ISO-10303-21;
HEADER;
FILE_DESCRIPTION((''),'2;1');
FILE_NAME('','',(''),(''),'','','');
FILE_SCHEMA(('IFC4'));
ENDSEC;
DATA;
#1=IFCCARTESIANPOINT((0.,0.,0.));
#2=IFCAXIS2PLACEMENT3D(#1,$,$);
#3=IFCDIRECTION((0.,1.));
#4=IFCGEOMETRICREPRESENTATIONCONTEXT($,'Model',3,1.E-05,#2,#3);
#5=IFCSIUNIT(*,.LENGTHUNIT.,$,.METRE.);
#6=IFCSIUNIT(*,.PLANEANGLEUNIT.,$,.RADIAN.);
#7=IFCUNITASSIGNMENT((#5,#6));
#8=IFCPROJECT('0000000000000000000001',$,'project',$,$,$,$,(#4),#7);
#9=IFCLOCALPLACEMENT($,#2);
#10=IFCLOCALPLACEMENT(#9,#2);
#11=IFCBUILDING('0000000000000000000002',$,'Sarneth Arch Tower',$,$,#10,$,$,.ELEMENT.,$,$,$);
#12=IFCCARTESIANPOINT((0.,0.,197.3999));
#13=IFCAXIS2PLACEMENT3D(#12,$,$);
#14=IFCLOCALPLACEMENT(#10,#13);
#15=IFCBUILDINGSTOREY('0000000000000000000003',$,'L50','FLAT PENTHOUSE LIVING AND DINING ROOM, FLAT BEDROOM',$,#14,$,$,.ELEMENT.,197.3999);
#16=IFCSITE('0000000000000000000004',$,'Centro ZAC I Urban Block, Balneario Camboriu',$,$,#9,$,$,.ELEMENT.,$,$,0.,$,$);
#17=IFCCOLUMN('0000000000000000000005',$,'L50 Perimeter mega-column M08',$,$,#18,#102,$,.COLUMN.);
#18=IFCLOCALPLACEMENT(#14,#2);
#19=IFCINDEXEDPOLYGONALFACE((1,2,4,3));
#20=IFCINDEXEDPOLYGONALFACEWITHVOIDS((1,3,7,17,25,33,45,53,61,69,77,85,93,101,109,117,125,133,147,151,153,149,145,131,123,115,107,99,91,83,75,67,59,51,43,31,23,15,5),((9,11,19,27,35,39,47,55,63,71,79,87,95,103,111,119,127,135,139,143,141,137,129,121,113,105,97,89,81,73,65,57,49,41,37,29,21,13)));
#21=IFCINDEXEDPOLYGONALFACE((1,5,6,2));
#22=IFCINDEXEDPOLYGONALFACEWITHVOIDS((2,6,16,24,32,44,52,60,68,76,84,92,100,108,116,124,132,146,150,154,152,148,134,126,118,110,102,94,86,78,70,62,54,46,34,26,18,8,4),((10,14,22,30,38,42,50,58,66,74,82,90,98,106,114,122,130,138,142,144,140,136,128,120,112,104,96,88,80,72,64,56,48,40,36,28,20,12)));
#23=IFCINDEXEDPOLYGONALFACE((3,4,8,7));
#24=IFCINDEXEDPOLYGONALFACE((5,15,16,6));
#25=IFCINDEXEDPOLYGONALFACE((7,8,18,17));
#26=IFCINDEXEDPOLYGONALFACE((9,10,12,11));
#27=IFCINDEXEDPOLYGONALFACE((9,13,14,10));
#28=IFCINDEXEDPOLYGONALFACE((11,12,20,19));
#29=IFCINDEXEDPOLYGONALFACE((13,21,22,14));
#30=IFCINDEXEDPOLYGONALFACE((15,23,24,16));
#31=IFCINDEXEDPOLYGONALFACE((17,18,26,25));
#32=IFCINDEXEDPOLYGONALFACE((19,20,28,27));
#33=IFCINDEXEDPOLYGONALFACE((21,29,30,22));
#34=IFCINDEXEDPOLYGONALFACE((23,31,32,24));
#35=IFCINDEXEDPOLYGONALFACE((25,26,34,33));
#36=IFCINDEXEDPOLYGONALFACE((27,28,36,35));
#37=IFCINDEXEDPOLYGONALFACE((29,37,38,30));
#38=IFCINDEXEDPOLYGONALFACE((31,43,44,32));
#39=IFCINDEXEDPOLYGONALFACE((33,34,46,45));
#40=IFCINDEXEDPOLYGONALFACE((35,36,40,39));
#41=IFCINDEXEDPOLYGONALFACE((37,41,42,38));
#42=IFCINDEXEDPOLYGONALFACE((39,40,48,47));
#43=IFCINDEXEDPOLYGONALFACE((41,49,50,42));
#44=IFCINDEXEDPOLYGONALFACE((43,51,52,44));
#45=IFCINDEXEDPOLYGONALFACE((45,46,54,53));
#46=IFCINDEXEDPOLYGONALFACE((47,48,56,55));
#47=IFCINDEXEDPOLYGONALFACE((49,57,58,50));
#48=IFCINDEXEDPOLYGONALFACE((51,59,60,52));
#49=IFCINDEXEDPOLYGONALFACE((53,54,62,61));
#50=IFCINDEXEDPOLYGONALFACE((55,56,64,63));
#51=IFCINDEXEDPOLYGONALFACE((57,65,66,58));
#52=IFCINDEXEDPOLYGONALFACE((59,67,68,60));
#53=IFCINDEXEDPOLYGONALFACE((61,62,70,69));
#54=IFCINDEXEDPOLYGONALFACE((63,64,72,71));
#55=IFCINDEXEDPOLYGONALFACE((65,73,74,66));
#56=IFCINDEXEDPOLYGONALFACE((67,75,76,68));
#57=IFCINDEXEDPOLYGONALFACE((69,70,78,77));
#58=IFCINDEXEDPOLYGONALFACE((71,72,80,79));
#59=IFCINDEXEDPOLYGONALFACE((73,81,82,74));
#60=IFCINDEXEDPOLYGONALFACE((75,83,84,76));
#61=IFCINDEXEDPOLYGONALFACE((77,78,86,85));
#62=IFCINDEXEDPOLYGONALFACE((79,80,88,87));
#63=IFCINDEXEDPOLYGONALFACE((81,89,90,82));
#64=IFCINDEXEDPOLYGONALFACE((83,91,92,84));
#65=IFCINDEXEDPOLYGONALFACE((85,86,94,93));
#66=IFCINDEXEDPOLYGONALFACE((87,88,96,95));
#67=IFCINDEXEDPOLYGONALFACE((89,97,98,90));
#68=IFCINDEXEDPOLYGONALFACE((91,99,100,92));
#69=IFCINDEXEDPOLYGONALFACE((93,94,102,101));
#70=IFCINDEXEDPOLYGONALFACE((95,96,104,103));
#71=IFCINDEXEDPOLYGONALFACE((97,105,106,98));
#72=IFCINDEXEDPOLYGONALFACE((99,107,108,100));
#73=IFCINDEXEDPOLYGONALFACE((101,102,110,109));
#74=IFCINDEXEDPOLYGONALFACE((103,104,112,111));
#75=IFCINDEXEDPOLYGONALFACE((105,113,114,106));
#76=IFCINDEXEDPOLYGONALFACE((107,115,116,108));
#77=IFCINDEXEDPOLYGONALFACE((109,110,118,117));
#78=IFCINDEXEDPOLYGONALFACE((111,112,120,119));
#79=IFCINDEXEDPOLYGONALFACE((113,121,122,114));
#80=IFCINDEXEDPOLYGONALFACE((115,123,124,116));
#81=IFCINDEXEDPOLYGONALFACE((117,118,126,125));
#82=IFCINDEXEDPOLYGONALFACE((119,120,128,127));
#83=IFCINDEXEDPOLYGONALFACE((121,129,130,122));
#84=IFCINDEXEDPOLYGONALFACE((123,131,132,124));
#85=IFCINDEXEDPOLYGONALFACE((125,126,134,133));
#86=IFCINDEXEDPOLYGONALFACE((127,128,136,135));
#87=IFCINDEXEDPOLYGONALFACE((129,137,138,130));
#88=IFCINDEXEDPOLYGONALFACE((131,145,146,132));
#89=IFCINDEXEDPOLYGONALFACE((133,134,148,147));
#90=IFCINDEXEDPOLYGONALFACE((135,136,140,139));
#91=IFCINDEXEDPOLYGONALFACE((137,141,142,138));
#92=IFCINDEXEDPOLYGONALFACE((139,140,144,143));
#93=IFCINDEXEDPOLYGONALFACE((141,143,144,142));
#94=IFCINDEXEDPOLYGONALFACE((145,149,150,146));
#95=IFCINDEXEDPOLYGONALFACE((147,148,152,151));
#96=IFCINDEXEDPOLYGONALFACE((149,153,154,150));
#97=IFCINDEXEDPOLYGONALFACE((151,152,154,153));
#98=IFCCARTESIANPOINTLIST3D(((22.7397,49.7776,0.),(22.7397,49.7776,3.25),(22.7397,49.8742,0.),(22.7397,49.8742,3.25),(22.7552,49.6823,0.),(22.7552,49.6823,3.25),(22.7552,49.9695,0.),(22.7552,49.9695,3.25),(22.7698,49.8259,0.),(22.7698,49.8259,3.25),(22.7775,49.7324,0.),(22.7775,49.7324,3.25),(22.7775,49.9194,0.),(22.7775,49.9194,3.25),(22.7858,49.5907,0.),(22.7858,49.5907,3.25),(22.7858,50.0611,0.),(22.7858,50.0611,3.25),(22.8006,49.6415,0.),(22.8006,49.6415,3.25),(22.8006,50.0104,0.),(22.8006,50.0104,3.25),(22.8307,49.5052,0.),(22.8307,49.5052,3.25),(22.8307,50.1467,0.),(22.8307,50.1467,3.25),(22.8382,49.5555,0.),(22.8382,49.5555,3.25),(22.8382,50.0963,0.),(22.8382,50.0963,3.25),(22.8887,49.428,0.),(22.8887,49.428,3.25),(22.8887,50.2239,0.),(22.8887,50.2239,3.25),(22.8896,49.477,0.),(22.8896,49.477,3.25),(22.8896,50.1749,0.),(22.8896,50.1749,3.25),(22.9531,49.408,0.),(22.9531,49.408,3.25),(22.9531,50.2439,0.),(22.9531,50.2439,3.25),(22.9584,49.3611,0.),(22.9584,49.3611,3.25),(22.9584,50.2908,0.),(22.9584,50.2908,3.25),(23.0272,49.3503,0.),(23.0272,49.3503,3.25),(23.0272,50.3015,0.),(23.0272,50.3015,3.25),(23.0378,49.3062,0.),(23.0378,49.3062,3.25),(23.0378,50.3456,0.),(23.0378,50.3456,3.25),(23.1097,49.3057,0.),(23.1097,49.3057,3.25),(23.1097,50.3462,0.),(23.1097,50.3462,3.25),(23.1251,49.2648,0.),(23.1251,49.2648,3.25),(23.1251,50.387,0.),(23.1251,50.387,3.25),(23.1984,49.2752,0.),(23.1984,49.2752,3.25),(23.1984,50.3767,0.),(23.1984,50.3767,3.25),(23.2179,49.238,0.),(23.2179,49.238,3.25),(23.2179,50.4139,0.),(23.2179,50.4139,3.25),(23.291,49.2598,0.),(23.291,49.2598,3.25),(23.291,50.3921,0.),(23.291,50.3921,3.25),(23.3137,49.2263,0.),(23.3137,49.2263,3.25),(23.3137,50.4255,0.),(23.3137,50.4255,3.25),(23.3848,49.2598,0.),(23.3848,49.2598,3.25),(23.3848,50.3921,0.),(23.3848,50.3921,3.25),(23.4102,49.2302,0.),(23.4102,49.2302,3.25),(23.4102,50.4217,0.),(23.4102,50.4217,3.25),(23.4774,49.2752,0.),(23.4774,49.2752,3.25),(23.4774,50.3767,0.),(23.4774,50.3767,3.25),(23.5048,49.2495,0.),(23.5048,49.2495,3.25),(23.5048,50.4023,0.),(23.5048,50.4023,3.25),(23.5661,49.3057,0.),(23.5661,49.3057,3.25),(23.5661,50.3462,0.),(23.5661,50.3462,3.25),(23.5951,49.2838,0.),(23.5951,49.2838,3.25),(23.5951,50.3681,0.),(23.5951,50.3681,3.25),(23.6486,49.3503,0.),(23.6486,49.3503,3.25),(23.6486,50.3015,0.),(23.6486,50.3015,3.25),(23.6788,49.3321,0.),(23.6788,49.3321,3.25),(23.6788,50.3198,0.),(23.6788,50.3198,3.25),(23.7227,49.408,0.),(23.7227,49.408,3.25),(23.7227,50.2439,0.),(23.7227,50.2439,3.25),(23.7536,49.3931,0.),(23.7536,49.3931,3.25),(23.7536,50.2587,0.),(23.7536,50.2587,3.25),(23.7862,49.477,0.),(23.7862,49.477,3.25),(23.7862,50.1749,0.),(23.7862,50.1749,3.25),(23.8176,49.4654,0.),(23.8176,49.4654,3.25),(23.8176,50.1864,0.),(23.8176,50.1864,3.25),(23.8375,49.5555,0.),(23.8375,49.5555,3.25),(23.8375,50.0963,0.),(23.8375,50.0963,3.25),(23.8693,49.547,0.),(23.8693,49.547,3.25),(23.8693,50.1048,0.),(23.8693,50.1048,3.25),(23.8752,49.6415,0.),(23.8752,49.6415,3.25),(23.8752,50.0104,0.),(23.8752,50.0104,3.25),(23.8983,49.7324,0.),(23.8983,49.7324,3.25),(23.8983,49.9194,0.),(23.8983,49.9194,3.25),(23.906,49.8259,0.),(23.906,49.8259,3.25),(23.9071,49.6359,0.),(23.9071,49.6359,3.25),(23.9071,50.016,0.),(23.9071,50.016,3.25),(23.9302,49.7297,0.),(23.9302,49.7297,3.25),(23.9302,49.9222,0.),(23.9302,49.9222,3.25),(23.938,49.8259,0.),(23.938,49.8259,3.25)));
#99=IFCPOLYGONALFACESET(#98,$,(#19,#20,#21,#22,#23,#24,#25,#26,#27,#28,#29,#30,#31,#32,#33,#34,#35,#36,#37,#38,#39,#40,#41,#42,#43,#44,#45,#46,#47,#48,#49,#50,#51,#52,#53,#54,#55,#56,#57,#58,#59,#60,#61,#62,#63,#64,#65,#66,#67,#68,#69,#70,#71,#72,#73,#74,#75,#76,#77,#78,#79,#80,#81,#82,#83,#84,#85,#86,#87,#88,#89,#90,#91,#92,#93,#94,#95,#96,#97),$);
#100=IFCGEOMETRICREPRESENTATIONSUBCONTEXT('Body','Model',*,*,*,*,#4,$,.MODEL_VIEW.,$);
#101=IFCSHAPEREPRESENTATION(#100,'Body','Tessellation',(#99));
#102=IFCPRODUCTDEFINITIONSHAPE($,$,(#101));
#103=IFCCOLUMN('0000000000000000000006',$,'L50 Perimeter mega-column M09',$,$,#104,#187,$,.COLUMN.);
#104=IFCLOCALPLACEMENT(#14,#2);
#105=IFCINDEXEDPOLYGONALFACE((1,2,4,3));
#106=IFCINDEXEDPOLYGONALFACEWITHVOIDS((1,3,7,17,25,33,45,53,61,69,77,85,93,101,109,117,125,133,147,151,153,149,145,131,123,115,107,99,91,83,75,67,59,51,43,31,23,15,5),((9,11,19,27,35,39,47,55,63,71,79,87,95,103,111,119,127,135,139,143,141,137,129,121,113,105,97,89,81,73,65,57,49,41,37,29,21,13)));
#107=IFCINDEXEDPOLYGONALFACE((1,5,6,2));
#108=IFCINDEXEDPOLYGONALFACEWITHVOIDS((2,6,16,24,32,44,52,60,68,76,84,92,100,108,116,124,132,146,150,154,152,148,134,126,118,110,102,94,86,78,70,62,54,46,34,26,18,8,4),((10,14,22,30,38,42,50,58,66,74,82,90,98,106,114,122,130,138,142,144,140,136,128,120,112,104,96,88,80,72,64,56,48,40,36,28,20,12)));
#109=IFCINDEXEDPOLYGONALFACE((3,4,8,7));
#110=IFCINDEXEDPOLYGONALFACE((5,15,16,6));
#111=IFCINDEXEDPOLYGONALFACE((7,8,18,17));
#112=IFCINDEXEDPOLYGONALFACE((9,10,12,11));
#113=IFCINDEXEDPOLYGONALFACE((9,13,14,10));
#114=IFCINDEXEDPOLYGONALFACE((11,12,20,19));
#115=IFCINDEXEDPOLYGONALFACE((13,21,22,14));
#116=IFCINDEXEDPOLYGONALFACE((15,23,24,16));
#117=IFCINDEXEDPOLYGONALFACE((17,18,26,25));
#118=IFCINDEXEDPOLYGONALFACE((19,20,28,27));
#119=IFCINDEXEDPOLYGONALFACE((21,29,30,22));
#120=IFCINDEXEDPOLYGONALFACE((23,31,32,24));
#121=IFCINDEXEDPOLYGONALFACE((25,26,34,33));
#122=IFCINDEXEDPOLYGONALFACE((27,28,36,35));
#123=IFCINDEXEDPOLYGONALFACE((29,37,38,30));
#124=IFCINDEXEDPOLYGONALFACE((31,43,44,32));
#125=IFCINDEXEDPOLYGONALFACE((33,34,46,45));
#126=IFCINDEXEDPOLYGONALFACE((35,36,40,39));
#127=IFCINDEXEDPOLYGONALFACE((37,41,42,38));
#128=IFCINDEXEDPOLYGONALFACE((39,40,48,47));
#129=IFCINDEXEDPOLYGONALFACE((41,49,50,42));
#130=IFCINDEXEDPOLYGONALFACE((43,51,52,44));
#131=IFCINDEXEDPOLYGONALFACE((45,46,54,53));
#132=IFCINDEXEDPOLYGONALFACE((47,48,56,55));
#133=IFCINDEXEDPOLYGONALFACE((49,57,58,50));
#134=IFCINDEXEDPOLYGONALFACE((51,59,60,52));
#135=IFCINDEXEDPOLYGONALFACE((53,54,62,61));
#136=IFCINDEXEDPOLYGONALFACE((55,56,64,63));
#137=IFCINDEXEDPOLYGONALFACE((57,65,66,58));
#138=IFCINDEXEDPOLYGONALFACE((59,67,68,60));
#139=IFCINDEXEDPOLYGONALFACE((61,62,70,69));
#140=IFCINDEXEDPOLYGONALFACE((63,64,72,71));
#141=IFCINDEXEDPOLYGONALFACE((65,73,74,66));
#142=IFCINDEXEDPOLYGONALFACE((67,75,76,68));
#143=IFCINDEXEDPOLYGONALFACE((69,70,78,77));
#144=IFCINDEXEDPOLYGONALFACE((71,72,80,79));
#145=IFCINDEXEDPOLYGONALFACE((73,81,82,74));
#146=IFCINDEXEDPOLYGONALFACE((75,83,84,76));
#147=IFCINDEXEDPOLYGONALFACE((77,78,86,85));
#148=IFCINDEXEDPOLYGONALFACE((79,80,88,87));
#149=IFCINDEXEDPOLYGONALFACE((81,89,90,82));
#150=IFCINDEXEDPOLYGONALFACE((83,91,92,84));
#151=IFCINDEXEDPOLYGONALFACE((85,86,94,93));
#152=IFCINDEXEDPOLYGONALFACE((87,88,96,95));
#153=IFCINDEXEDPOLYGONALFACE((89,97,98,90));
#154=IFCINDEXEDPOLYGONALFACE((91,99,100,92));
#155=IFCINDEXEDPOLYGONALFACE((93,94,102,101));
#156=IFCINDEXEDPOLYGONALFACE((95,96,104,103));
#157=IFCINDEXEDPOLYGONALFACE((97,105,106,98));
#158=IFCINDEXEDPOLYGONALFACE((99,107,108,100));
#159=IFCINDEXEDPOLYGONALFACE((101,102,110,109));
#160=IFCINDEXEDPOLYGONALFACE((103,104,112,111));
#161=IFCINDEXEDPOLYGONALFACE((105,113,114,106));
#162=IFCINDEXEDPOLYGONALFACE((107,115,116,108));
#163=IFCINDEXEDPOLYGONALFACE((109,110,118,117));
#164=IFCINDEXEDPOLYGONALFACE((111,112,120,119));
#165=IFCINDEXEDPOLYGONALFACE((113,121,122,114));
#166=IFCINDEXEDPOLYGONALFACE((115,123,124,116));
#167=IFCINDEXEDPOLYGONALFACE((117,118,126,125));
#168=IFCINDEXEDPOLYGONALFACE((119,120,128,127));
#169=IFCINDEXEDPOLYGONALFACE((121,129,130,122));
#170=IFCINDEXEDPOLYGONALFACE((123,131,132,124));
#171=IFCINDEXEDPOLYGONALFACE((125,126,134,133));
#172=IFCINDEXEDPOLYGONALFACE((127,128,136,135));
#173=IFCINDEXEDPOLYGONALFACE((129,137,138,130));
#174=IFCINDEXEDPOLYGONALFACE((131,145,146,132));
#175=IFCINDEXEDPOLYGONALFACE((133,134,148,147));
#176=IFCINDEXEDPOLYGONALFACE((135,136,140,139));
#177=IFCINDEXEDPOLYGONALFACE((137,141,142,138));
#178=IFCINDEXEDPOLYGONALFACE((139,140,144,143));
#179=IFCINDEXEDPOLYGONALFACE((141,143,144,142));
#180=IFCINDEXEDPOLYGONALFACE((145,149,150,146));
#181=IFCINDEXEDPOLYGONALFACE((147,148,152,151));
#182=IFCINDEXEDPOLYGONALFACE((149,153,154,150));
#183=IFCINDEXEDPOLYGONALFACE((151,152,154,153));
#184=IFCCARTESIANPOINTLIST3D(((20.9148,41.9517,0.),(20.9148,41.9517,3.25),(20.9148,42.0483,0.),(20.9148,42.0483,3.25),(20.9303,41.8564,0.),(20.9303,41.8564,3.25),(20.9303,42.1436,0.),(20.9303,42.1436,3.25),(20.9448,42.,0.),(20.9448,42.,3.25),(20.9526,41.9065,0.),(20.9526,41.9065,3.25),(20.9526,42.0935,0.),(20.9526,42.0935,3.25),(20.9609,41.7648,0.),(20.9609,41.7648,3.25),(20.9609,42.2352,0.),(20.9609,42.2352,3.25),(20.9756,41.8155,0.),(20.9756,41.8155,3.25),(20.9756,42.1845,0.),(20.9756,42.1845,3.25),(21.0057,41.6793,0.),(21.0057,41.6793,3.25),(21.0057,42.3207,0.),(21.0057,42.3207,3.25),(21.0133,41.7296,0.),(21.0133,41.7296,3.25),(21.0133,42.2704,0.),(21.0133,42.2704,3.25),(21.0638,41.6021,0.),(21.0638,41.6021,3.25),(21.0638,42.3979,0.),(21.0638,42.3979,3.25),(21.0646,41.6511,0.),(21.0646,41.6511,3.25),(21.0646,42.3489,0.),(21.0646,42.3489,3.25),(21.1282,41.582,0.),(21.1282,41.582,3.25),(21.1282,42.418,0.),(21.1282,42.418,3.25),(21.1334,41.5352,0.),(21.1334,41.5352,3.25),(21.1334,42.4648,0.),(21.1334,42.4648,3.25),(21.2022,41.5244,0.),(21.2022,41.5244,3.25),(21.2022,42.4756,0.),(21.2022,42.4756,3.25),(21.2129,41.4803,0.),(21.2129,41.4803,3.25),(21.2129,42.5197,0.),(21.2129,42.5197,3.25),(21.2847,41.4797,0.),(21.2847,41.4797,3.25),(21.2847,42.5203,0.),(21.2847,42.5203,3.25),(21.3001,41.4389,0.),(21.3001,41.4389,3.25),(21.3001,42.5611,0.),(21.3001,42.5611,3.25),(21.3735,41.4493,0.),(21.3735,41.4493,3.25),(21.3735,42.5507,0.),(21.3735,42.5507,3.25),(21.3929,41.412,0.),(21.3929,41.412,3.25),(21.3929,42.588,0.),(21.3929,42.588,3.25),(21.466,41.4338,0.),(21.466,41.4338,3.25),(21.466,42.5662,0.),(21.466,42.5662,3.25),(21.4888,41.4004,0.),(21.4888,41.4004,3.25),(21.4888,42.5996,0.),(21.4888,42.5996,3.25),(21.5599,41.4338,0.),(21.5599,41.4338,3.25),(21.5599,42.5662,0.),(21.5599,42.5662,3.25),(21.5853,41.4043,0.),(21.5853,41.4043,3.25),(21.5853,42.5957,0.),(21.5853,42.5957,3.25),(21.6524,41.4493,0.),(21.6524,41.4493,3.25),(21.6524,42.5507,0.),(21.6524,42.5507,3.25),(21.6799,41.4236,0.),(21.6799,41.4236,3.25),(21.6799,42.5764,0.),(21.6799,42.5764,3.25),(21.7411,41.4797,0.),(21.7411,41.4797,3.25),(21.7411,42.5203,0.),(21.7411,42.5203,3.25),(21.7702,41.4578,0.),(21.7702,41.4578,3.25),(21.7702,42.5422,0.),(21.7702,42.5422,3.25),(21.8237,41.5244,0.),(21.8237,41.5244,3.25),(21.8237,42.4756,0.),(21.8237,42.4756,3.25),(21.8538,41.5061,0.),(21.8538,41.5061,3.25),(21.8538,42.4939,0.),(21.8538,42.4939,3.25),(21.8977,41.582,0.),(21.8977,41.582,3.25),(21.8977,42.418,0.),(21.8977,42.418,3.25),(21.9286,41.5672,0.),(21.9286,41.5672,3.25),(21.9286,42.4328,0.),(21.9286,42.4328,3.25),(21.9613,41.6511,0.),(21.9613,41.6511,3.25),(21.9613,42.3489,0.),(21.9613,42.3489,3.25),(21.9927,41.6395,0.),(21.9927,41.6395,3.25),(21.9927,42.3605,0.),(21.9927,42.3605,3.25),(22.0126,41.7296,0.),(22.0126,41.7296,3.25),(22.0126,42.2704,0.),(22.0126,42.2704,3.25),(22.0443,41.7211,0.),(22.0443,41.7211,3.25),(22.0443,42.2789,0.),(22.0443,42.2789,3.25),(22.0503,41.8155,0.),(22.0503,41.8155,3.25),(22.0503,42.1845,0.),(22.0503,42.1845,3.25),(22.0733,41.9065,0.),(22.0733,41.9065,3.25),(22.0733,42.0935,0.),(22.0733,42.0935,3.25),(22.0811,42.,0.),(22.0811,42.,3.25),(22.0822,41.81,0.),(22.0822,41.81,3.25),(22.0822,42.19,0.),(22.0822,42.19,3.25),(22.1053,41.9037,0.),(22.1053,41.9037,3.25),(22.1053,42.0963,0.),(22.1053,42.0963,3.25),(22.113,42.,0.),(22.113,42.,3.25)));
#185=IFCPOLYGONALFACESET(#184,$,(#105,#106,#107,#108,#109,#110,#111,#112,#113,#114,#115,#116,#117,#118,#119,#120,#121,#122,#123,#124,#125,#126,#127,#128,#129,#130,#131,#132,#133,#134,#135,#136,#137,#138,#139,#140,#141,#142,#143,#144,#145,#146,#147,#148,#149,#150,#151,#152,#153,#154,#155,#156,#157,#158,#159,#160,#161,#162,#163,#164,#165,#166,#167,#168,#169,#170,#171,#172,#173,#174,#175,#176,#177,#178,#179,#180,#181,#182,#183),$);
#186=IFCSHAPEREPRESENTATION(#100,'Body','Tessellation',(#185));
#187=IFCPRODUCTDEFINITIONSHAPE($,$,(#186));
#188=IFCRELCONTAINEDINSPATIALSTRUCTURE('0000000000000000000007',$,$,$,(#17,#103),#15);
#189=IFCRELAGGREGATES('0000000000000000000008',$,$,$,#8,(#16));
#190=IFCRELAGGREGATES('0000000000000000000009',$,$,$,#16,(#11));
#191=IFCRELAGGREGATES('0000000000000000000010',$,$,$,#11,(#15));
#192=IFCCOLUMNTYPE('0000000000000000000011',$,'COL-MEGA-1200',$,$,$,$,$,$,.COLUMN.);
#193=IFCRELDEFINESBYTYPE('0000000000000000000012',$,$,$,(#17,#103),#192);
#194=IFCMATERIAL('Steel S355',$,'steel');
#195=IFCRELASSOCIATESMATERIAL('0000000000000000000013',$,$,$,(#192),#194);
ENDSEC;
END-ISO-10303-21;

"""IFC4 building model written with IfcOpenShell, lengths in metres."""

from ifc_helpers import new_model, si_unit, direction, frame, origin, origin_2d, place, context, subcontext, project, spatial, hollow_circle, extrude, material, material_profile, profile_set, type_object, element, save


model = new_model("IFC4")

# Units and contexts
model_context = context("Model", 3, precision=1e-05, world=origin(), true_north=direction((0.0, 1.0)))
body_context = subcontext(model_context, "Body", "Model", "MODEL_VIEW")
ifc_project = project(units=[si_unit("LENGTHUNIT", "METRE"), si_unit("PLANEANGLEUNIT", "RADIAN")], contexts=[model_context])

# Site, building, storey
site_placement = place(None, origin())
site = spatial("IfcSite", under=ifc_project, at=site_placement, Name="Centro ZAC I Urban Block, Balneario Camboriu", CompositionType="ELEMENT", RefElevation=0.0)
building_placement = place(site_placement, origin())
building = spatial("IfcBuilding", under=site, at=building_placement, Name="Sarneth Arch Tower", CompositionType="ELEMENT")
storey_placement = place(building_placement, frame((0.0, 0.0, 197.3999)))
storey = spatial("IfcBuildingStorey", under=building, at=storey_placement, Name="L50", Description="FLAT PENTHOUSE LIVING AND DINING ROOM, FLAT BEDROOM", CompositionType="ELEMENT", Elevation=197.3999)

# Columns
ifc_material_1 = material(Name="Steel S355", Category="steel")
ifc_material_profile_1 = material_profile(ifc_material_1, hollow_circle(Radius=0.6001, WallThickness=0.032, at=origin_2d()), Name="CHS1200x32")
ifc_profile_set_1 = profile_set([ifc_material_profile_1], Name="Steel S355")
column_type = type_object("IfcColumnType", Name="COL-MEGA-1200", PredefinedType="COLUMN", material=ifc_profile_set_1)
for number, where, z_axis, x_axis, name in (
    (1, (23.3379, 49.8259, 0.0), (0.0, 0.0, 1.0), (1.0, 0.0, 0.0), "L50 Perimeter mega-column M08"),
    (2, (21.5129, 42.0, 0.0), (0.0, 0.0, 1.0), (1.0, 0.0, 0.0), "L50 Perimeter mega-column M09"),
):
    element("IfcColumn", number, at=place(storey_placement, frame(where, z_axis=z_axis, x_axis=x_axis)), inside=storey, type_object=column_type, Name=name, PredefinedType="COLUMN", context=body_context, shape_type="SweptSolid", body=[
        extrude(hollow_circle(Radius=0.6001, WallThickness=0.032, at=origin_2d()), origin(), (0.0, 0.0, 1.0), 3.25),
    ])

save(model, "model.ifc")
